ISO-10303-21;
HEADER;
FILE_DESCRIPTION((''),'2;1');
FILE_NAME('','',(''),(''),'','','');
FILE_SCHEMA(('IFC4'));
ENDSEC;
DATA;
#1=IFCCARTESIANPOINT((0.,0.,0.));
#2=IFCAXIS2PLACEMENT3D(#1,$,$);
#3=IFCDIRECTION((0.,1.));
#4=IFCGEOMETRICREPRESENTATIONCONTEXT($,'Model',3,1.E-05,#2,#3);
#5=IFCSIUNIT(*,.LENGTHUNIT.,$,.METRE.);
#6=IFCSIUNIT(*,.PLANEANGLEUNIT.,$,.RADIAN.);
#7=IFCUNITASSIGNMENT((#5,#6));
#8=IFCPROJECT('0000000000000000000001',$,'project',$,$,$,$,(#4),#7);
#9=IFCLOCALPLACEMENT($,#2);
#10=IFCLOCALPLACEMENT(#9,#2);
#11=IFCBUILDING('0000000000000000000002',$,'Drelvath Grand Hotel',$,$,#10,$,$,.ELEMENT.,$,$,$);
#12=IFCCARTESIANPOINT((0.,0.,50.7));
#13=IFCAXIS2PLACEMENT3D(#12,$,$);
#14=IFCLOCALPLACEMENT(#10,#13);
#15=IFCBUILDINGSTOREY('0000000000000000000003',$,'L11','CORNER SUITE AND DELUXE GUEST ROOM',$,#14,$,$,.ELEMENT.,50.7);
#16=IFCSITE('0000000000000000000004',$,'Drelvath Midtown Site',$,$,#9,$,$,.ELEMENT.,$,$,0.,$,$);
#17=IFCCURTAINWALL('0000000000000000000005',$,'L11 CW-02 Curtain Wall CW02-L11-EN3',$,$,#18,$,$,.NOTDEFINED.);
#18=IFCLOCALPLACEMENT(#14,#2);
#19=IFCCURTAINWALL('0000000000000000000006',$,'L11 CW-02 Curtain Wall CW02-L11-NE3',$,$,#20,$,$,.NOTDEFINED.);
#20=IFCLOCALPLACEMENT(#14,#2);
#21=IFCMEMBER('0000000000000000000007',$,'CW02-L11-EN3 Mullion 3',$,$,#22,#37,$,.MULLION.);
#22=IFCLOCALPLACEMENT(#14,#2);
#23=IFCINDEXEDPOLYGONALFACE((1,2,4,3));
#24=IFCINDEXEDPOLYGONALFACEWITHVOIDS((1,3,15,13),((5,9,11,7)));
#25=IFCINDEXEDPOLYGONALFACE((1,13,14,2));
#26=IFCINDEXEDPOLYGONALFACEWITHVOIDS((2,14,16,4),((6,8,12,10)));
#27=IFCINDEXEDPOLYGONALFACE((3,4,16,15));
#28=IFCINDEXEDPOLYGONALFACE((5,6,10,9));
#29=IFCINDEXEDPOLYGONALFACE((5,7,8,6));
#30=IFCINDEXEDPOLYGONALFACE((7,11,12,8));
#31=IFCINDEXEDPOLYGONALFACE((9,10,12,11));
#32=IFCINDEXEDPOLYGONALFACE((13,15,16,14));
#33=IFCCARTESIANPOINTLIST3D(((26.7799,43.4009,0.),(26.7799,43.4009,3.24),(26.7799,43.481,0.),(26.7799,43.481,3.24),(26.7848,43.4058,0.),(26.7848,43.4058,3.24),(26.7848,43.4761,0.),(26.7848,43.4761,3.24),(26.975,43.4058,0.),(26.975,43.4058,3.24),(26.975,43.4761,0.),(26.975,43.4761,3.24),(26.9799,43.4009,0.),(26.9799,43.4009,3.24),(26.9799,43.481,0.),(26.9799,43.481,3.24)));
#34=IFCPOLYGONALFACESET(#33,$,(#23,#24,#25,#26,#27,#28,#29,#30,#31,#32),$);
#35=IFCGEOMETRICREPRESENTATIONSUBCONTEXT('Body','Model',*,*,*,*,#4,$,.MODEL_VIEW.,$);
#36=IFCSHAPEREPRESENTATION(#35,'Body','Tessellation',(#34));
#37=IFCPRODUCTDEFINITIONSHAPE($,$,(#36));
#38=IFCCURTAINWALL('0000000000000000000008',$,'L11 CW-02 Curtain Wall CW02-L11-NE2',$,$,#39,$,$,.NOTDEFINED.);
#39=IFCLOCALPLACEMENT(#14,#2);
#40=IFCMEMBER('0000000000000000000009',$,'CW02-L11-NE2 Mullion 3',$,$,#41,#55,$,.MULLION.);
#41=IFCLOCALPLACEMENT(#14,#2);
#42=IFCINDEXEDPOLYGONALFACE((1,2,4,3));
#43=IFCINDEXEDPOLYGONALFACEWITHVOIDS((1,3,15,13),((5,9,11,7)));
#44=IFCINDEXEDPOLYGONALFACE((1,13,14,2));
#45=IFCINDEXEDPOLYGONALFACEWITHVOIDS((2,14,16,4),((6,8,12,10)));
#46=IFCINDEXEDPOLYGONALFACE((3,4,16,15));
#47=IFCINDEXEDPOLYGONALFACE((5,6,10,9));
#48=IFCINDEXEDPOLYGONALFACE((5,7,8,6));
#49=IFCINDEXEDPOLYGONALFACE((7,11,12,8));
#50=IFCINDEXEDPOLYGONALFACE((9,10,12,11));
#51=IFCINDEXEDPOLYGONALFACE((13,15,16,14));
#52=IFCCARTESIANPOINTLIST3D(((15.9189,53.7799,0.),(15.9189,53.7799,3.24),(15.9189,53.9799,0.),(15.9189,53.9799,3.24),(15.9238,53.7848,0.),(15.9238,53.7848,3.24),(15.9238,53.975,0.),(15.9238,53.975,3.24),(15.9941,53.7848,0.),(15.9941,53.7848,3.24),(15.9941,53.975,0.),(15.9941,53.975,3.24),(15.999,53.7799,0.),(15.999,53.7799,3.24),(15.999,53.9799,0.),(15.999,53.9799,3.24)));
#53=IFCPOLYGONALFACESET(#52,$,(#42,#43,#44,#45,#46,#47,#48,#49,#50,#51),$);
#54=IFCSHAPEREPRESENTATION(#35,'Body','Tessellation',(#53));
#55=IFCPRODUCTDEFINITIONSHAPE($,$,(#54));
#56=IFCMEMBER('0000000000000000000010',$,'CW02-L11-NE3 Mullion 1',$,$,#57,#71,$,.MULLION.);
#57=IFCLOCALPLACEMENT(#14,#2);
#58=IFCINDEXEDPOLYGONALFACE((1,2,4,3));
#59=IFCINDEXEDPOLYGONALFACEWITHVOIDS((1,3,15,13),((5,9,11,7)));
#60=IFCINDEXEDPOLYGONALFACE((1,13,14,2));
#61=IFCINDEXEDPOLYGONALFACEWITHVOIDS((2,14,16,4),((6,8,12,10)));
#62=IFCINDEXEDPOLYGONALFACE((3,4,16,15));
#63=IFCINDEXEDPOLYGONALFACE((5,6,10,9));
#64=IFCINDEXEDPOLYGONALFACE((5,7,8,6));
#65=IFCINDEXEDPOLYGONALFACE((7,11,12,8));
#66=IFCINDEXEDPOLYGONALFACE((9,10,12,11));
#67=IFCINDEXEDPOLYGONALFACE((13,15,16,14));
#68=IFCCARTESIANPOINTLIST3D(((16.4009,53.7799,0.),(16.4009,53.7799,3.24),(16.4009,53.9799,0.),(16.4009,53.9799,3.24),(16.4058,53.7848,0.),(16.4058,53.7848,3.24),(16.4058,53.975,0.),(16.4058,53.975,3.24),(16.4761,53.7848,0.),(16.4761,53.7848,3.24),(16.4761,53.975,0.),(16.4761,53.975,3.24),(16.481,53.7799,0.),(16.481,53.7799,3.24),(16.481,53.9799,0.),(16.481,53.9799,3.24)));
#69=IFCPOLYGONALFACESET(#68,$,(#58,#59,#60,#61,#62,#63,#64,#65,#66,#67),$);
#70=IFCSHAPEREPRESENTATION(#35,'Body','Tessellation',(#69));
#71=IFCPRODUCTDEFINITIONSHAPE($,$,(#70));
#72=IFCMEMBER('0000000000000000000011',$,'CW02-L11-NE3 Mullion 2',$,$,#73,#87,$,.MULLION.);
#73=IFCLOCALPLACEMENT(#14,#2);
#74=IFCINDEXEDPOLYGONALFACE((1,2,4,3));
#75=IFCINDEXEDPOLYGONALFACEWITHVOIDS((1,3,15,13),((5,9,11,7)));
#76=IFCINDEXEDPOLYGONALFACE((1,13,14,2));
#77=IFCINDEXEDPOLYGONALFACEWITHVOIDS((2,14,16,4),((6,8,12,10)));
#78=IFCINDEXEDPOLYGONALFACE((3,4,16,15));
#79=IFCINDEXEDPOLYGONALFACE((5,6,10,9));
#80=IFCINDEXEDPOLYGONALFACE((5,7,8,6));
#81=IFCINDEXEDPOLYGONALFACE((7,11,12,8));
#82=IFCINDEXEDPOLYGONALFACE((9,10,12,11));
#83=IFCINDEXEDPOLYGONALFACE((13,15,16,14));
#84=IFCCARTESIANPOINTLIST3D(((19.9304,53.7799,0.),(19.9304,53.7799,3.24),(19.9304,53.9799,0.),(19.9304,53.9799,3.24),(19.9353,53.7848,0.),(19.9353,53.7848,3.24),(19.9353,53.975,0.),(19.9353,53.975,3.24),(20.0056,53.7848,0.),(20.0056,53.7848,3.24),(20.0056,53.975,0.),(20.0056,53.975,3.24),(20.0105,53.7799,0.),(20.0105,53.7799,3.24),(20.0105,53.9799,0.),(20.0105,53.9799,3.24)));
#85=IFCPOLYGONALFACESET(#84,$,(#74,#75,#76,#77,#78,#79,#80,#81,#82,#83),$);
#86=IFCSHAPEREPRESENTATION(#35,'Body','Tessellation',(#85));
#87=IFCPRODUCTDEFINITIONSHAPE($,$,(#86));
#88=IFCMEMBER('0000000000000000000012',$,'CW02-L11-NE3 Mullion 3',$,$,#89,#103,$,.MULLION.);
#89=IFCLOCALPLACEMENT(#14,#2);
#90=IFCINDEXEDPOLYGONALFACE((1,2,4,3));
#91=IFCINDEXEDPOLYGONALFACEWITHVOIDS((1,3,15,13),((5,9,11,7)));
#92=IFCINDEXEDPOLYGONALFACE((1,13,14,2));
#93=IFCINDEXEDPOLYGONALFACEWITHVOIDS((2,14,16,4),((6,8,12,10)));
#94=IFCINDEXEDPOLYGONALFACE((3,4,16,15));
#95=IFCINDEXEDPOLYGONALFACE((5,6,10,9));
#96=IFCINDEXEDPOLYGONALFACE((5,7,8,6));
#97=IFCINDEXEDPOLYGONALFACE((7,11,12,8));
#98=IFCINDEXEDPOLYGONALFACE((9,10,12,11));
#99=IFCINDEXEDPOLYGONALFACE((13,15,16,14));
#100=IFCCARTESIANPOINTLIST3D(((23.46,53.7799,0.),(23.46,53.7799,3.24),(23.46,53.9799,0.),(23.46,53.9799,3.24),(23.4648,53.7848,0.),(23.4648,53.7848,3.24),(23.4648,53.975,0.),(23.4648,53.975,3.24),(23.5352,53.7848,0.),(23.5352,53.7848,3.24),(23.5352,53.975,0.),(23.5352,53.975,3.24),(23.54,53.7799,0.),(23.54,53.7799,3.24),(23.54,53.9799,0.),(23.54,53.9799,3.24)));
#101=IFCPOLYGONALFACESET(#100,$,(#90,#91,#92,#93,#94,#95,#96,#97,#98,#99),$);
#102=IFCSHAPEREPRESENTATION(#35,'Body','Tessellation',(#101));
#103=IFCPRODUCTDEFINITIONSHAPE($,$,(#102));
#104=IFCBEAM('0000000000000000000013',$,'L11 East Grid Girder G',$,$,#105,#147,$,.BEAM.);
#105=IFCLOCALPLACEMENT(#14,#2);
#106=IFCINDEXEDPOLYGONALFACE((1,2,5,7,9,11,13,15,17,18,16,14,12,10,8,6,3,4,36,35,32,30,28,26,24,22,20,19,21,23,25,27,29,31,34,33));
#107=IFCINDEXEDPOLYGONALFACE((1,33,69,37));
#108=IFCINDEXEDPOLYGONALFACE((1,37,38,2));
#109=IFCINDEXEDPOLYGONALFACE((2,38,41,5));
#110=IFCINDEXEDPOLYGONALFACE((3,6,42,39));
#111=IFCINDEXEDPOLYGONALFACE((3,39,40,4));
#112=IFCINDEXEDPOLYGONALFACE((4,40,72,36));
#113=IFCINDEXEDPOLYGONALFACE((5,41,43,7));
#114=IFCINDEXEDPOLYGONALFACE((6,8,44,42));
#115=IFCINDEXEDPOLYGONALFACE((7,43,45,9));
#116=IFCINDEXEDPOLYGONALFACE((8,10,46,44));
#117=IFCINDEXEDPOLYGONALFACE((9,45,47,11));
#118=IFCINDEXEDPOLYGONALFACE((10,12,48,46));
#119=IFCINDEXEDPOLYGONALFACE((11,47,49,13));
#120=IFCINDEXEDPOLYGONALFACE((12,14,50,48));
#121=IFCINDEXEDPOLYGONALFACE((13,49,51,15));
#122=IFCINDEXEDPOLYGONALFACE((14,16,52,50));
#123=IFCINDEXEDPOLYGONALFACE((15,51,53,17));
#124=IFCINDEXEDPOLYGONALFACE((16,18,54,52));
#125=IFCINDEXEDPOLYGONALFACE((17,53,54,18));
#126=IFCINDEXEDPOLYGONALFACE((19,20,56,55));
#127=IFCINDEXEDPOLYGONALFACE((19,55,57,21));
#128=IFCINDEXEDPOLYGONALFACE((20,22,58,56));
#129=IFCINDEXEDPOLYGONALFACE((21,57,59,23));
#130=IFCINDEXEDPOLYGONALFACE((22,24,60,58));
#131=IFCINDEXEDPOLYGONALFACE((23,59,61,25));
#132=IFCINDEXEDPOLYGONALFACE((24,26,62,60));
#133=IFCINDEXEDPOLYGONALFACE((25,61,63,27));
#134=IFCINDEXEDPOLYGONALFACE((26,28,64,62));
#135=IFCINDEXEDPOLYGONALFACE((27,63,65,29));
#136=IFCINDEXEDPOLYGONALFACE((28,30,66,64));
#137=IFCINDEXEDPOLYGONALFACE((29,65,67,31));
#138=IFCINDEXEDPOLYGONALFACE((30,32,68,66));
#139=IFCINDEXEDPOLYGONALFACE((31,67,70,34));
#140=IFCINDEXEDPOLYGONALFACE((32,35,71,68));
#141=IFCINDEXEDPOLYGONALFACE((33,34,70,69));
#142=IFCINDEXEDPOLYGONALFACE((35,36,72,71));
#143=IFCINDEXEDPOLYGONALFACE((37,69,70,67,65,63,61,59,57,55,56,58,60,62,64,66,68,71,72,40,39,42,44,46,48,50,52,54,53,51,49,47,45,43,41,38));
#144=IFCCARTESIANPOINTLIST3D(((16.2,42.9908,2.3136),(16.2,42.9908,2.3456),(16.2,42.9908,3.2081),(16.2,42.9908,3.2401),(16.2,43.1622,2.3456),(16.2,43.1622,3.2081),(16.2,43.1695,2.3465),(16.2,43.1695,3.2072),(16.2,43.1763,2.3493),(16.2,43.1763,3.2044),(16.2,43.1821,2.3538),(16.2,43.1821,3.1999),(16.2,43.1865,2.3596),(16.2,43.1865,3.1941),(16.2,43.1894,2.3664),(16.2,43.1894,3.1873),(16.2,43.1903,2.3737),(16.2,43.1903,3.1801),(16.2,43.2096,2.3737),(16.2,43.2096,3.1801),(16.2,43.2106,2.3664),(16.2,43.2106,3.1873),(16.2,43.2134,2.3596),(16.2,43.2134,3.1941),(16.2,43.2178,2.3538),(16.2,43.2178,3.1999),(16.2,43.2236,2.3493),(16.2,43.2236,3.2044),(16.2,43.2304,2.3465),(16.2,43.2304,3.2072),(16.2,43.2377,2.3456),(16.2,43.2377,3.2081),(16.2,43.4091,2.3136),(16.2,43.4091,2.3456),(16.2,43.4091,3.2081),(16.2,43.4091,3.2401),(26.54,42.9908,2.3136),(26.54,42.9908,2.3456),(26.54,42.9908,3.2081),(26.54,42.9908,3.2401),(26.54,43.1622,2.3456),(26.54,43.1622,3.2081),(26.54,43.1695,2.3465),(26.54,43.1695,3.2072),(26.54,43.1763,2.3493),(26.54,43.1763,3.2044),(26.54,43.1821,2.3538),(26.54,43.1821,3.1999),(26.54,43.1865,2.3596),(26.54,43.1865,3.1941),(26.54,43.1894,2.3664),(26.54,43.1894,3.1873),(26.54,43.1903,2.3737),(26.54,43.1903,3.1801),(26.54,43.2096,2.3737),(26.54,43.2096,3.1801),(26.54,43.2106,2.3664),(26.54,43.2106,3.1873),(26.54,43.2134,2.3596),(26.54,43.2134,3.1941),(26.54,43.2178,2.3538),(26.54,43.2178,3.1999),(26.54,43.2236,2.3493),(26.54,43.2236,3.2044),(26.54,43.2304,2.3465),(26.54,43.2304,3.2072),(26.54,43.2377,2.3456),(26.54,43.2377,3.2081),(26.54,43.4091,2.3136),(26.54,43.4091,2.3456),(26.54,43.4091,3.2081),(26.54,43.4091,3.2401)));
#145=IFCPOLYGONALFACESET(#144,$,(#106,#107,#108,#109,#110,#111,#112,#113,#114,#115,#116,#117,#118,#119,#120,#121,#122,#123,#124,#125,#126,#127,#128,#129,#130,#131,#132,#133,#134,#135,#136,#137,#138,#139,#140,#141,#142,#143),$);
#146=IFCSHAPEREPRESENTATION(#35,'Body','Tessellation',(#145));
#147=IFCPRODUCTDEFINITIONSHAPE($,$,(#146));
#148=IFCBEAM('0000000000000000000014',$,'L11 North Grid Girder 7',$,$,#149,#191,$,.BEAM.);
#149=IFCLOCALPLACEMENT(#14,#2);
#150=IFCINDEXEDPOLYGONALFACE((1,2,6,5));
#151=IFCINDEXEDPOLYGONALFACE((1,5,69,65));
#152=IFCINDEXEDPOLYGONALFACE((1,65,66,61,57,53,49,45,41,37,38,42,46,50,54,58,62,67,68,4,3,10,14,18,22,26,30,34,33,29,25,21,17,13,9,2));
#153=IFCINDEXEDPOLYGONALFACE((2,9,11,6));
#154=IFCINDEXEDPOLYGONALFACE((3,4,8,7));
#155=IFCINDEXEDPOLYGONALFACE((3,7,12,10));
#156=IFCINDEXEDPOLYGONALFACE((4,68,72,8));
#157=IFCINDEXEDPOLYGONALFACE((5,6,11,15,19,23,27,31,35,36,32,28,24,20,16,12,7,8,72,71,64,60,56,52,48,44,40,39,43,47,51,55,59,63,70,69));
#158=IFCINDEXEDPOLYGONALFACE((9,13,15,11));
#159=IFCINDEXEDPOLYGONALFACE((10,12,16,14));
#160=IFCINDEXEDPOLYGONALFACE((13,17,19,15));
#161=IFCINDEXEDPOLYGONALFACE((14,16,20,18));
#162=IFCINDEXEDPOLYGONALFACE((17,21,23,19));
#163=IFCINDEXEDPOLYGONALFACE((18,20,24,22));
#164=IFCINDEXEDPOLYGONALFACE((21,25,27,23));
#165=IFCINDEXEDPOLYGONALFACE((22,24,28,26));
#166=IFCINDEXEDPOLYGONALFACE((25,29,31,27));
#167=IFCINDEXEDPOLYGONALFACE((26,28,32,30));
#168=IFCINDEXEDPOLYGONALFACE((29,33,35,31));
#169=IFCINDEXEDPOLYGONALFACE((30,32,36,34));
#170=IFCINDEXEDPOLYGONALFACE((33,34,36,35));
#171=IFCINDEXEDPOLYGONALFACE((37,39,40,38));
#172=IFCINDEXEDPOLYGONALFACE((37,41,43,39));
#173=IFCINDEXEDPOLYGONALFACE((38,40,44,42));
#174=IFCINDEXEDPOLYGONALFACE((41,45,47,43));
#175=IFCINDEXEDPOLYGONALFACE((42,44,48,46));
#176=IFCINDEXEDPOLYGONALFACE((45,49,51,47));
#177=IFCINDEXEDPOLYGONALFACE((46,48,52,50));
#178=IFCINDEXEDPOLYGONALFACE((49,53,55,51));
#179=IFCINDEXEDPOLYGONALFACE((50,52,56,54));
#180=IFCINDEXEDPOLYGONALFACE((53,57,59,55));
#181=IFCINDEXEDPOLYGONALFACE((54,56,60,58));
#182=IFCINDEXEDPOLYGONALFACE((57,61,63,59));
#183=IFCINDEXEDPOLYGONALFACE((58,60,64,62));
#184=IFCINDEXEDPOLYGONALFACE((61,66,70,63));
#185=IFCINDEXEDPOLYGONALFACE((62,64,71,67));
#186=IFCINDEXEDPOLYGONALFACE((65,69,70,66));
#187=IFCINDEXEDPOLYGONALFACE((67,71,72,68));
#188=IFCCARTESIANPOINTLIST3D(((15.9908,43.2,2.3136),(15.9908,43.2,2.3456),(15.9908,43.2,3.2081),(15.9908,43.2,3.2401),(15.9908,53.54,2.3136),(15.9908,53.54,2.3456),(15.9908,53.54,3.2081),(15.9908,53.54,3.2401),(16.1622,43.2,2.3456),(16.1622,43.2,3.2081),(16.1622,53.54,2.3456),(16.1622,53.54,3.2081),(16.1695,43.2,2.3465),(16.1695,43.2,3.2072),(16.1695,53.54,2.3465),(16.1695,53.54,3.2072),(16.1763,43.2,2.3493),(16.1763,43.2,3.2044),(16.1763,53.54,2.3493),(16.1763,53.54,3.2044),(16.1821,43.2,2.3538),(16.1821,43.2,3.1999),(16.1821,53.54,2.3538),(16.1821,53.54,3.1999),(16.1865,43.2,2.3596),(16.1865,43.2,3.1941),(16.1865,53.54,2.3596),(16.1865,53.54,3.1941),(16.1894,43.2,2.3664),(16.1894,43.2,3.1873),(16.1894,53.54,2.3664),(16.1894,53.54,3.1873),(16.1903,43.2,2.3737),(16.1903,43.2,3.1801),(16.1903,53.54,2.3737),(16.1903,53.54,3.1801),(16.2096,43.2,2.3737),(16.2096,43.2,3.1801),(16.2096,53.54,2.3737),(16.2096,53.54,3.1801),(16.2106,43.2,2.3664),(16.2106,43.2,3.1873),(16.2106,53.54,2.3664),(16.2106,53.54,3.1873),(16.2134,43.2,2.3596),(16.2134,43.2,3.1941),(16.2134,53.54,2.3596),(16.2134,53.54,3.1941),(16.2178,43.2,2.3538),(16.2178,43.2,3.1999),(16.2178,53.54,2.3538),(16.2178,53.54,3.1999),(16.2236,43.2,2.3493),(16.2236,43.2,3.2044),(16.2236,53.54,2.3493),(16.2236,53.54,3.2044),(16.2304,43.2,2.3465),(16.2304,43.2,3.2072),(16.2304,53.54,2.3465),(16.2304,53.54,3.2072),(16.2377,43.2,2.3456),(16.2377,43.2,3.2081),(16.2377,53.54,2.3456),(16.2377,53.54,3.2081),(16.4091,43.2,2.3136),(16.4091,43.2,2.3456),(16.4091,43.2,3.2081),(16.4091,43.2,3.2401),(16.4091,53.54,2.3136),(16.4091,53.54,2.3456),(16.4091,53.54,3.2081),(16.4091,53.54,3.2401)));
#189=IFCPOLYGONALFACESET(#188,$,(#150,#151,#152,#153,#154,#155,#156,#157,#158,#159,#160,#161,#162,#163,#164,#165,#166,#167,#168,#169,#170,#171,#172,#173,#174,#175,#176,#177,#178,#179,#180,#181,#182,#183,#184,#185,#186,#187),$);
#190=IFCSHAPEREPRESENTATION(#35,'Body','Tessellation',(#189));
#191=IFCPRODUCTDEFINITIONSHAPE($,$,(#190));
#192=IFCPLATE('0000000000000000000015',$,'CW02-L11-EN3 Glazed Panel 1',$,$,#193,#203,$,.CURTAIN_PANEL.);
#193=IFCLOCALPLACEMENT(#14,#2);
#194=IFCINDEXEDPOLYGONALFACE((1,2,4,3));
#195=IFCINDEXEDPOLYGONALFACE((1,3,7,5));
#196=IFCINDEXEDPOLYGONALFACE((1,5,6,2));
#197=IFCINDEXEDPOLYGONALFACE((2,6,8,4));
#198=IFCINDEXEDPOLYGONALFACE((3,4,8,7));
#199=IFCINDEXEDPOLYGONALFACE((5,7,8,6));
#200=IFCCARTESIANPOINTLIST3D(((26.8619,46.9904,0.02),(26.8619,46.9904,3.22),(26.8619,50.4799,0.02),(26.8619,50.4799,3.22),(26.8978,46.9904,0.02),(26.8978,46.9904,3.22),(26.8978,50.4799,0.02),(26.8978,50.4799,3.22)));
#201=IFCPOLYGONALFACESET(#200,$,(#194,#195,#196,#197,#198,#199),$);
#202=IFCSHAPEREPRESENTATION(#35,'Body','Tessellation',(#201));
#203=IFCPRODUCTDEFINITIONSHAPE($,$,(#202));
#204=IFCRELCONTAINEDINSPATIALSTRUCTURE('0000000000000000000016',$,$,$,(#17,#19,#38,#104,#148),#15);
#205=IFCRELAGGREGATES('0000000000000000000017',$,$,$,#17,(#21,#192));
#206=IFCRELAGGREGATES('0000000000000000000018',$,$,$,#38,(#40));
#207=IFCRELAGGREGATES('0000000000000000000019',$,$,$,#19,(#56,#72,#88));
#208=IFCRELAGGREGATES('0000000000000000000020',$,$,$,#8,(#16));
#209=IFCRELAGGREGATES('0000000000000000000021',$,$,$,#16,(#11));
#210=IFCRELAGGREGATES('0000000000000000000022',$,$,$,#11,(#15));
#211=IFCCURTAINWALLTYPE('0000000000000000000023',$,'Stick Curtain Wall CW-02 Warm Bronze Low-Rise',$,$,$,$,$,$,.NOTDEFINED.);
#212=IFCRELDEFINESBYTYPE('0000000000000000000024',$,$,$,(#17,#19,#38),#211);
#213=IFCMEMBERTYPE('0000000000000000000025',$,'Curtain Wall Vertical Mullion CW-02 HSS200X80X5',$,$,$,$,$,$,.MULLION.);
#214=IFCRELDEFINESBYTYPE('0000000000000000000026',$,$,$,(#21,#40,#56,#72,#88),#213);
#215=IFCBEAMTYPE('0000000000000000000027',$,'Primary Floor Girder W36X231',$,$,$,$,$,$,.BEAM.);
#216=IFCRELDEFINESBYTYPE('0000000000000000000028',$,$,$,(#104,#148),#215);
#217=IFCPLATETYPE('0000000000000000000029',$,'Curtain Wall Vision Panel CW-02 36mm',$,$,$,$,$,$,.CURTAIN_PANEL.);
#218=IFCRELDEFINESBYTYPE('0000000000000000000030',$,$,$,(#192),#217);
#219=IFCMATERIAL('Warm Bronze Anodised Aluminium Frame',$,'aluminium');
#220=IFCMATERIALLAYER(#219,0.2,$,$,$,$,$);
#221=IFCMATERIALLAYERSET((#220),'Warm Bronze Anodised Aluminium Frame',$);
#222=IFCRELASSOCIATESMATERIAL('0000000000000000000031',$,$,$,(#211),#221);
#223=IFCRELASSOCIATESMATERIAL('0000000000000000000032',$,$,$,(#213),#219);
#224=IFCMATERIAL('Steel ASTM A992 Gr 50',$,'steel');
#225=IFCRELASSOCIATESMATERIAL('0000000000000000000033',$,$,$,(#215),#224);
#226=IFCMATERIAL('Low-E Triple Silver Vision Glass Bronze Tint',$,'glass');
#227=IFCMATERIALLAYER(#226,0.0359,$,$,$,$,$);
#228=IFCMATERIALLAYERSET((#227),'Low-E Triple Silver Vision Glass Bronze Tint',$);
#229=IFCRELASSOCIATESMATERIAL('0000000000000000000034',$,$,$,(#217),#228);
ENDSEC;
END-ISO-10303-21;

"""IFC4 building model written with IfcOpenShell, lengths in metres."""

from ifc_helpers import new_model, si_unit, direction, frame, origin, origin_2d, place, context, subcontext, project, spatial, rectangle, hollow_rectangle, i_section, extrude, material, layer, layer_set, material_profile, profile_set, type_object, element, aggregate, save


model = new_model("IFC4")

# Units and contexts
model_context = context("Model", 3, precision=1e-05, world=origin(), true_north=direction((0.0, 1.0)))
body_context = subcontext(model_context, "Body", "Model", "MODEL_VIEW")
ifc_project = project(units=[si_unit("LENGTHUNIT", "METRE"), si_unit("PLANEANGLEUNIT", "RADIAN")], contexts=[model_context])

# Site, building, storey
site_placement = place(None, origin())
site = spatial("IfcSite", under=ifc_project, at=site_placement, Name="Drelvath Midtown Site", CompositionType="ELEMENT", RefElevation=0.0)
building_placement = place(site_placement, origin())
building = spatial("IfcBuilding", under=site, at=building_placement, Name="Drelvath Grand Hotel", CompositionType="ELEMENT")
storey_placement = place(building_placement, frame((0.0, 0.0, 50.7)))
storey = spatial("IfcBuildingStorey", under=building, at=storey_placement, Name="L11", Description="CORNER SUITE AND DELUXE GUEST ROOM", CompositionType="ELEMENT", Elevation=50.7)

# Curtain walls
ifc_material_1 = material(Name="Warm Bronze Anodised Aluminium Frame", Category="aluminium")
ifc_layer_1 = layer(ifc_material_1, 0.2)
ifc_layer_set_1 = layer_set([ifc_layer_1], Name="Warm Bronze Anodised Aluminium Frame")
curtain_wall_type = type_object("IfcCurtainWallType", Name="Stick Curtain Wall CW-02 Warm Bronze Low-Rise", PredefinedType="NOTDEFINED", material=ifc_layer_set_1)
curtain_wall_1_placement = place(storey_placement, origin())
curtain_wall_1 = element("IfcCurtainWall", 1, at=curtain_wall_1_placement, inside=storey, type_object=curtain_wall_type, Name="L11 CW-02 Curtain Wall CW02-L11-EN3", PredefinedType="NOTDEFINED")
curtain_wall_2_placement = place(storey_placement, origin())
curtain_wall_2 = element("IfcCurtainWall", 2, at=curtain_wall_2_placement, inside=storey, type_object=curtain_wall_type, Name="L11 CW-02 Curtain Wall CW02-L11-NE3", PredefinedType="NOTDEFINED")

# Member
ifc_material_profile_1 = material_profile(ifc_material_1, hollow_rectangle(XDim=0.0801, YDim=0.2, WallThickness=0.0049, at=origin_2d()), Name="HSS200X80X5")
ifc_profile_set_1 = profile_set([ifc_material_profile_1], Name="Warm Bronze Anodised Aluminium Frame")
member_type_1 = type_object("IfcMemberType", Name="Curtain Wall Vertical Mullion CW-02 HSS200X80X5", PredefinedType="MULLION", material=ifc_profile_set_1)
member_1_placement = place(storey_placement, frame((26.8799, 43.4409, 0.0), z_axis=(0.0, 0.0, 1.0), x_axis=(0.0, 1.0, 0.0)))
member_1 = element("IfcMember", 3, at=member_1_placement, type_object=member_type_1, Name="CW02-L11-EN3 Mullion 3", PredefinedType="MULLION", context=body_context, shape_type="SweptSolid", body=[
    extrude(hollow_rectangle(XDim=0.0801, YDim=0.2, WallThickness=0.0049, at=origin_2d()), origin(), (0.0, 0.0, 1.0), 3.24),
])

# Curtain wall, member
curtain_wall_3_placement = place(storey_placement, origin())
curtain_wall_3 = element("IfcCurtainWall", 4, at=curtain_wall_3_placement, inside=storey, type_object=curtain_wall_type, Name="L11 CW-02 Curtain Wall CW02-L11-NE2", PredefinedType="NOTDEFINED")
member_2_placement = place(storey_placement, frame((15.959, 53.8799, 0.0), z_axis=(0.0, 0.0, 1.0), x_axis=(1.0, 0.0, 0.0)))
member_2 = element("IfcMember", 5, at=member_2_placement, type_object=member_type_1, Name="CW02-L11-NE2 Mullion 3", PredefinedType="MULLION", context=body_context, shape_type="SweptSolid", body=[
    extrude(hollow_rectangle(XDim=0.0801, YDim=0.2, WallThickness=0.0049, at=origin_2d()), origin(), (0.0, 0.0, 1.0), 3.24),
])

# Members
member_3_placement = place(storey_placement, frame((16.4409, 53.8799, 0.0), z_axis=(0.0, 0.0, 1.0), x_axis=(1.0, 0.0, 0.0)))
member_3 = element("IfcMember", 6, at=member_3_placement, type_object=member_type_1, Name="CW02-L11-NE3 Mullion 1", PredefinedType="MULLION", context=body_context, shape_type="SweptSolid", body=[
    extrude(hollow_rectangle(XDim=0.0801, YDim=0.2, WallThickness=0.0049, at=origin_2d()), origin(), (0.0, 0.0, 1.0), 3.24),
])
member_4_placement = place(storey_placement, frame((19.9705, 53.8799, 0.0), z_axis=(0.0, 0.0, 1.0), x_axis=(1.0, 0.0, 0.0)))
member_4 = element("IfcMember", 7, at=member_4_placement, type_object=member_type_1, Name="CW02-L11-NE3 Mullion 2", PredefinedType="MULLION", context=body_context, shape_type="SweptSolid", body=[
    extrude(hollow_rectangle(XDim=0.0801, YDim=0.2, WallThickness=0.0049, at=origin_2d()), origin(), (0.0, 0.0, 1.0), 3.24),
])
member_5_placement = place(storey_placement, frame((23.5, 53.8799, 0.0), z_axis=(0.0, 0.0, 1.0), x_axis=(1.0, 0.0, 0.0)))
member_5 = element("IfcMember", 8, at=member_5_placement, type_object=member_type_1, Name="CW02-L11-NE3 Mullion 3", PredefinedType="MULLION", context=body_context, shape_type="SweptSolid", body=[
    extrude(hollow_rectangle(XDim=0.0801, YDim=0.2, WallThickness=0.0049, at=origin_2d()), origin(), (0.0, 0.0, 1.0), 3.24),
])

# Beams
ifc_material_2 = material(Name="Steel ASTM A992 Gr 50", Category="steel")
ifc_material_profile_2 = material_profile(ifc_material_2, i_section(OverallWidth=0.4182, OverallDepth=0.9265, WebThickness=0.0193, FlangeThickness=0.032, FilletRadius=0.0281, at=origin_2d()), Name="W36X231")
ifc_profile_set_2 = profile_set([ifc_material_profile_2], Name="Steel ASTM A992 Gr 50")
beam_type = type_object("IfcBeamType", Name="Primary Floor Girder W36X231", PredefinedType="BEAM", material=ifc_profile_set_2)
for number, where, z_axis, x_axis, name in (
    (9, (16.2, 43.2, 2.7769), (1.0, 0.0, 0.0), (0.0, 1.0, 0.0), "L11 East Grid Girder G"),
    (10, (16.2, 43.2, 2.7769), (0.0, 1.0, 0.0), (-1.0, 0.0, 0.0), "L11 North Grid Girder 7"),
):
    element("IfcBeam", number, at=place(storey_placement, frame(where, z_axis=z_axis, x_axis=x_axis)), inside=storey, type_object=beam_type, Name=name, PredefinedType="BEAM", context=body_context, shape_type="SweptSolid", body=[
        extrude(i_section(OverallWidth=0.4182, OverallDepth=0.9265, WebThickness=0.0193, FlangeThickness=0.032, FilletRadius=0.0281, at=origin_2d()), origin(), (0.0, 0.0, 1.0), 10.3401),
    ])

# Plate
ifc_material_3 = material(Name="Low-E Triple Silver Vision Glass Bronze Tint", Category="glass")
ifc_layer_2 = layer(ifc_material_3, 0.0359)
ifc_layer_set_2 = layer_set([ifc_layer_2], Name="Low-E Triple Silver Vision Glass Bronze Tint")
plate_type = type_object("IfcPlateType", Name="Curtain Wall Vision Panel CW-02 36mm", PredefinedType="CURTAIN_PANEL", material=ifc_layer_set_2)
plate_1_placement = place(storey_placement, frame((26.8799, 48.7351, 0.02), z_axis=(0.0, 0.0, 1.0), x_axis=(0.0, -1.0, 0.0)))
plate_1 = element("IfcPlate", 11, at=plate_1_placement, type_object=plate_type, Name="CW02-L11-EN3 Glazed Panel 1", PredefinedType="CURTAIN_PANEL", context=body_context, shape_type="SweptSolid", body=[
    extrude(rectangle(XDim=3.4895, YDim=0.0359, at=origin_2d()), origin(), (0.0, 0.0, 1.0), 3.2),
])
aggregate(curtain_wall_1, [member_1, plate_1])
aggregate(curtain_wall_3, [member_2])
aggregate(curtain_wall_2, [member_3, member_4, member_5])

save(model, "model.ifc")
